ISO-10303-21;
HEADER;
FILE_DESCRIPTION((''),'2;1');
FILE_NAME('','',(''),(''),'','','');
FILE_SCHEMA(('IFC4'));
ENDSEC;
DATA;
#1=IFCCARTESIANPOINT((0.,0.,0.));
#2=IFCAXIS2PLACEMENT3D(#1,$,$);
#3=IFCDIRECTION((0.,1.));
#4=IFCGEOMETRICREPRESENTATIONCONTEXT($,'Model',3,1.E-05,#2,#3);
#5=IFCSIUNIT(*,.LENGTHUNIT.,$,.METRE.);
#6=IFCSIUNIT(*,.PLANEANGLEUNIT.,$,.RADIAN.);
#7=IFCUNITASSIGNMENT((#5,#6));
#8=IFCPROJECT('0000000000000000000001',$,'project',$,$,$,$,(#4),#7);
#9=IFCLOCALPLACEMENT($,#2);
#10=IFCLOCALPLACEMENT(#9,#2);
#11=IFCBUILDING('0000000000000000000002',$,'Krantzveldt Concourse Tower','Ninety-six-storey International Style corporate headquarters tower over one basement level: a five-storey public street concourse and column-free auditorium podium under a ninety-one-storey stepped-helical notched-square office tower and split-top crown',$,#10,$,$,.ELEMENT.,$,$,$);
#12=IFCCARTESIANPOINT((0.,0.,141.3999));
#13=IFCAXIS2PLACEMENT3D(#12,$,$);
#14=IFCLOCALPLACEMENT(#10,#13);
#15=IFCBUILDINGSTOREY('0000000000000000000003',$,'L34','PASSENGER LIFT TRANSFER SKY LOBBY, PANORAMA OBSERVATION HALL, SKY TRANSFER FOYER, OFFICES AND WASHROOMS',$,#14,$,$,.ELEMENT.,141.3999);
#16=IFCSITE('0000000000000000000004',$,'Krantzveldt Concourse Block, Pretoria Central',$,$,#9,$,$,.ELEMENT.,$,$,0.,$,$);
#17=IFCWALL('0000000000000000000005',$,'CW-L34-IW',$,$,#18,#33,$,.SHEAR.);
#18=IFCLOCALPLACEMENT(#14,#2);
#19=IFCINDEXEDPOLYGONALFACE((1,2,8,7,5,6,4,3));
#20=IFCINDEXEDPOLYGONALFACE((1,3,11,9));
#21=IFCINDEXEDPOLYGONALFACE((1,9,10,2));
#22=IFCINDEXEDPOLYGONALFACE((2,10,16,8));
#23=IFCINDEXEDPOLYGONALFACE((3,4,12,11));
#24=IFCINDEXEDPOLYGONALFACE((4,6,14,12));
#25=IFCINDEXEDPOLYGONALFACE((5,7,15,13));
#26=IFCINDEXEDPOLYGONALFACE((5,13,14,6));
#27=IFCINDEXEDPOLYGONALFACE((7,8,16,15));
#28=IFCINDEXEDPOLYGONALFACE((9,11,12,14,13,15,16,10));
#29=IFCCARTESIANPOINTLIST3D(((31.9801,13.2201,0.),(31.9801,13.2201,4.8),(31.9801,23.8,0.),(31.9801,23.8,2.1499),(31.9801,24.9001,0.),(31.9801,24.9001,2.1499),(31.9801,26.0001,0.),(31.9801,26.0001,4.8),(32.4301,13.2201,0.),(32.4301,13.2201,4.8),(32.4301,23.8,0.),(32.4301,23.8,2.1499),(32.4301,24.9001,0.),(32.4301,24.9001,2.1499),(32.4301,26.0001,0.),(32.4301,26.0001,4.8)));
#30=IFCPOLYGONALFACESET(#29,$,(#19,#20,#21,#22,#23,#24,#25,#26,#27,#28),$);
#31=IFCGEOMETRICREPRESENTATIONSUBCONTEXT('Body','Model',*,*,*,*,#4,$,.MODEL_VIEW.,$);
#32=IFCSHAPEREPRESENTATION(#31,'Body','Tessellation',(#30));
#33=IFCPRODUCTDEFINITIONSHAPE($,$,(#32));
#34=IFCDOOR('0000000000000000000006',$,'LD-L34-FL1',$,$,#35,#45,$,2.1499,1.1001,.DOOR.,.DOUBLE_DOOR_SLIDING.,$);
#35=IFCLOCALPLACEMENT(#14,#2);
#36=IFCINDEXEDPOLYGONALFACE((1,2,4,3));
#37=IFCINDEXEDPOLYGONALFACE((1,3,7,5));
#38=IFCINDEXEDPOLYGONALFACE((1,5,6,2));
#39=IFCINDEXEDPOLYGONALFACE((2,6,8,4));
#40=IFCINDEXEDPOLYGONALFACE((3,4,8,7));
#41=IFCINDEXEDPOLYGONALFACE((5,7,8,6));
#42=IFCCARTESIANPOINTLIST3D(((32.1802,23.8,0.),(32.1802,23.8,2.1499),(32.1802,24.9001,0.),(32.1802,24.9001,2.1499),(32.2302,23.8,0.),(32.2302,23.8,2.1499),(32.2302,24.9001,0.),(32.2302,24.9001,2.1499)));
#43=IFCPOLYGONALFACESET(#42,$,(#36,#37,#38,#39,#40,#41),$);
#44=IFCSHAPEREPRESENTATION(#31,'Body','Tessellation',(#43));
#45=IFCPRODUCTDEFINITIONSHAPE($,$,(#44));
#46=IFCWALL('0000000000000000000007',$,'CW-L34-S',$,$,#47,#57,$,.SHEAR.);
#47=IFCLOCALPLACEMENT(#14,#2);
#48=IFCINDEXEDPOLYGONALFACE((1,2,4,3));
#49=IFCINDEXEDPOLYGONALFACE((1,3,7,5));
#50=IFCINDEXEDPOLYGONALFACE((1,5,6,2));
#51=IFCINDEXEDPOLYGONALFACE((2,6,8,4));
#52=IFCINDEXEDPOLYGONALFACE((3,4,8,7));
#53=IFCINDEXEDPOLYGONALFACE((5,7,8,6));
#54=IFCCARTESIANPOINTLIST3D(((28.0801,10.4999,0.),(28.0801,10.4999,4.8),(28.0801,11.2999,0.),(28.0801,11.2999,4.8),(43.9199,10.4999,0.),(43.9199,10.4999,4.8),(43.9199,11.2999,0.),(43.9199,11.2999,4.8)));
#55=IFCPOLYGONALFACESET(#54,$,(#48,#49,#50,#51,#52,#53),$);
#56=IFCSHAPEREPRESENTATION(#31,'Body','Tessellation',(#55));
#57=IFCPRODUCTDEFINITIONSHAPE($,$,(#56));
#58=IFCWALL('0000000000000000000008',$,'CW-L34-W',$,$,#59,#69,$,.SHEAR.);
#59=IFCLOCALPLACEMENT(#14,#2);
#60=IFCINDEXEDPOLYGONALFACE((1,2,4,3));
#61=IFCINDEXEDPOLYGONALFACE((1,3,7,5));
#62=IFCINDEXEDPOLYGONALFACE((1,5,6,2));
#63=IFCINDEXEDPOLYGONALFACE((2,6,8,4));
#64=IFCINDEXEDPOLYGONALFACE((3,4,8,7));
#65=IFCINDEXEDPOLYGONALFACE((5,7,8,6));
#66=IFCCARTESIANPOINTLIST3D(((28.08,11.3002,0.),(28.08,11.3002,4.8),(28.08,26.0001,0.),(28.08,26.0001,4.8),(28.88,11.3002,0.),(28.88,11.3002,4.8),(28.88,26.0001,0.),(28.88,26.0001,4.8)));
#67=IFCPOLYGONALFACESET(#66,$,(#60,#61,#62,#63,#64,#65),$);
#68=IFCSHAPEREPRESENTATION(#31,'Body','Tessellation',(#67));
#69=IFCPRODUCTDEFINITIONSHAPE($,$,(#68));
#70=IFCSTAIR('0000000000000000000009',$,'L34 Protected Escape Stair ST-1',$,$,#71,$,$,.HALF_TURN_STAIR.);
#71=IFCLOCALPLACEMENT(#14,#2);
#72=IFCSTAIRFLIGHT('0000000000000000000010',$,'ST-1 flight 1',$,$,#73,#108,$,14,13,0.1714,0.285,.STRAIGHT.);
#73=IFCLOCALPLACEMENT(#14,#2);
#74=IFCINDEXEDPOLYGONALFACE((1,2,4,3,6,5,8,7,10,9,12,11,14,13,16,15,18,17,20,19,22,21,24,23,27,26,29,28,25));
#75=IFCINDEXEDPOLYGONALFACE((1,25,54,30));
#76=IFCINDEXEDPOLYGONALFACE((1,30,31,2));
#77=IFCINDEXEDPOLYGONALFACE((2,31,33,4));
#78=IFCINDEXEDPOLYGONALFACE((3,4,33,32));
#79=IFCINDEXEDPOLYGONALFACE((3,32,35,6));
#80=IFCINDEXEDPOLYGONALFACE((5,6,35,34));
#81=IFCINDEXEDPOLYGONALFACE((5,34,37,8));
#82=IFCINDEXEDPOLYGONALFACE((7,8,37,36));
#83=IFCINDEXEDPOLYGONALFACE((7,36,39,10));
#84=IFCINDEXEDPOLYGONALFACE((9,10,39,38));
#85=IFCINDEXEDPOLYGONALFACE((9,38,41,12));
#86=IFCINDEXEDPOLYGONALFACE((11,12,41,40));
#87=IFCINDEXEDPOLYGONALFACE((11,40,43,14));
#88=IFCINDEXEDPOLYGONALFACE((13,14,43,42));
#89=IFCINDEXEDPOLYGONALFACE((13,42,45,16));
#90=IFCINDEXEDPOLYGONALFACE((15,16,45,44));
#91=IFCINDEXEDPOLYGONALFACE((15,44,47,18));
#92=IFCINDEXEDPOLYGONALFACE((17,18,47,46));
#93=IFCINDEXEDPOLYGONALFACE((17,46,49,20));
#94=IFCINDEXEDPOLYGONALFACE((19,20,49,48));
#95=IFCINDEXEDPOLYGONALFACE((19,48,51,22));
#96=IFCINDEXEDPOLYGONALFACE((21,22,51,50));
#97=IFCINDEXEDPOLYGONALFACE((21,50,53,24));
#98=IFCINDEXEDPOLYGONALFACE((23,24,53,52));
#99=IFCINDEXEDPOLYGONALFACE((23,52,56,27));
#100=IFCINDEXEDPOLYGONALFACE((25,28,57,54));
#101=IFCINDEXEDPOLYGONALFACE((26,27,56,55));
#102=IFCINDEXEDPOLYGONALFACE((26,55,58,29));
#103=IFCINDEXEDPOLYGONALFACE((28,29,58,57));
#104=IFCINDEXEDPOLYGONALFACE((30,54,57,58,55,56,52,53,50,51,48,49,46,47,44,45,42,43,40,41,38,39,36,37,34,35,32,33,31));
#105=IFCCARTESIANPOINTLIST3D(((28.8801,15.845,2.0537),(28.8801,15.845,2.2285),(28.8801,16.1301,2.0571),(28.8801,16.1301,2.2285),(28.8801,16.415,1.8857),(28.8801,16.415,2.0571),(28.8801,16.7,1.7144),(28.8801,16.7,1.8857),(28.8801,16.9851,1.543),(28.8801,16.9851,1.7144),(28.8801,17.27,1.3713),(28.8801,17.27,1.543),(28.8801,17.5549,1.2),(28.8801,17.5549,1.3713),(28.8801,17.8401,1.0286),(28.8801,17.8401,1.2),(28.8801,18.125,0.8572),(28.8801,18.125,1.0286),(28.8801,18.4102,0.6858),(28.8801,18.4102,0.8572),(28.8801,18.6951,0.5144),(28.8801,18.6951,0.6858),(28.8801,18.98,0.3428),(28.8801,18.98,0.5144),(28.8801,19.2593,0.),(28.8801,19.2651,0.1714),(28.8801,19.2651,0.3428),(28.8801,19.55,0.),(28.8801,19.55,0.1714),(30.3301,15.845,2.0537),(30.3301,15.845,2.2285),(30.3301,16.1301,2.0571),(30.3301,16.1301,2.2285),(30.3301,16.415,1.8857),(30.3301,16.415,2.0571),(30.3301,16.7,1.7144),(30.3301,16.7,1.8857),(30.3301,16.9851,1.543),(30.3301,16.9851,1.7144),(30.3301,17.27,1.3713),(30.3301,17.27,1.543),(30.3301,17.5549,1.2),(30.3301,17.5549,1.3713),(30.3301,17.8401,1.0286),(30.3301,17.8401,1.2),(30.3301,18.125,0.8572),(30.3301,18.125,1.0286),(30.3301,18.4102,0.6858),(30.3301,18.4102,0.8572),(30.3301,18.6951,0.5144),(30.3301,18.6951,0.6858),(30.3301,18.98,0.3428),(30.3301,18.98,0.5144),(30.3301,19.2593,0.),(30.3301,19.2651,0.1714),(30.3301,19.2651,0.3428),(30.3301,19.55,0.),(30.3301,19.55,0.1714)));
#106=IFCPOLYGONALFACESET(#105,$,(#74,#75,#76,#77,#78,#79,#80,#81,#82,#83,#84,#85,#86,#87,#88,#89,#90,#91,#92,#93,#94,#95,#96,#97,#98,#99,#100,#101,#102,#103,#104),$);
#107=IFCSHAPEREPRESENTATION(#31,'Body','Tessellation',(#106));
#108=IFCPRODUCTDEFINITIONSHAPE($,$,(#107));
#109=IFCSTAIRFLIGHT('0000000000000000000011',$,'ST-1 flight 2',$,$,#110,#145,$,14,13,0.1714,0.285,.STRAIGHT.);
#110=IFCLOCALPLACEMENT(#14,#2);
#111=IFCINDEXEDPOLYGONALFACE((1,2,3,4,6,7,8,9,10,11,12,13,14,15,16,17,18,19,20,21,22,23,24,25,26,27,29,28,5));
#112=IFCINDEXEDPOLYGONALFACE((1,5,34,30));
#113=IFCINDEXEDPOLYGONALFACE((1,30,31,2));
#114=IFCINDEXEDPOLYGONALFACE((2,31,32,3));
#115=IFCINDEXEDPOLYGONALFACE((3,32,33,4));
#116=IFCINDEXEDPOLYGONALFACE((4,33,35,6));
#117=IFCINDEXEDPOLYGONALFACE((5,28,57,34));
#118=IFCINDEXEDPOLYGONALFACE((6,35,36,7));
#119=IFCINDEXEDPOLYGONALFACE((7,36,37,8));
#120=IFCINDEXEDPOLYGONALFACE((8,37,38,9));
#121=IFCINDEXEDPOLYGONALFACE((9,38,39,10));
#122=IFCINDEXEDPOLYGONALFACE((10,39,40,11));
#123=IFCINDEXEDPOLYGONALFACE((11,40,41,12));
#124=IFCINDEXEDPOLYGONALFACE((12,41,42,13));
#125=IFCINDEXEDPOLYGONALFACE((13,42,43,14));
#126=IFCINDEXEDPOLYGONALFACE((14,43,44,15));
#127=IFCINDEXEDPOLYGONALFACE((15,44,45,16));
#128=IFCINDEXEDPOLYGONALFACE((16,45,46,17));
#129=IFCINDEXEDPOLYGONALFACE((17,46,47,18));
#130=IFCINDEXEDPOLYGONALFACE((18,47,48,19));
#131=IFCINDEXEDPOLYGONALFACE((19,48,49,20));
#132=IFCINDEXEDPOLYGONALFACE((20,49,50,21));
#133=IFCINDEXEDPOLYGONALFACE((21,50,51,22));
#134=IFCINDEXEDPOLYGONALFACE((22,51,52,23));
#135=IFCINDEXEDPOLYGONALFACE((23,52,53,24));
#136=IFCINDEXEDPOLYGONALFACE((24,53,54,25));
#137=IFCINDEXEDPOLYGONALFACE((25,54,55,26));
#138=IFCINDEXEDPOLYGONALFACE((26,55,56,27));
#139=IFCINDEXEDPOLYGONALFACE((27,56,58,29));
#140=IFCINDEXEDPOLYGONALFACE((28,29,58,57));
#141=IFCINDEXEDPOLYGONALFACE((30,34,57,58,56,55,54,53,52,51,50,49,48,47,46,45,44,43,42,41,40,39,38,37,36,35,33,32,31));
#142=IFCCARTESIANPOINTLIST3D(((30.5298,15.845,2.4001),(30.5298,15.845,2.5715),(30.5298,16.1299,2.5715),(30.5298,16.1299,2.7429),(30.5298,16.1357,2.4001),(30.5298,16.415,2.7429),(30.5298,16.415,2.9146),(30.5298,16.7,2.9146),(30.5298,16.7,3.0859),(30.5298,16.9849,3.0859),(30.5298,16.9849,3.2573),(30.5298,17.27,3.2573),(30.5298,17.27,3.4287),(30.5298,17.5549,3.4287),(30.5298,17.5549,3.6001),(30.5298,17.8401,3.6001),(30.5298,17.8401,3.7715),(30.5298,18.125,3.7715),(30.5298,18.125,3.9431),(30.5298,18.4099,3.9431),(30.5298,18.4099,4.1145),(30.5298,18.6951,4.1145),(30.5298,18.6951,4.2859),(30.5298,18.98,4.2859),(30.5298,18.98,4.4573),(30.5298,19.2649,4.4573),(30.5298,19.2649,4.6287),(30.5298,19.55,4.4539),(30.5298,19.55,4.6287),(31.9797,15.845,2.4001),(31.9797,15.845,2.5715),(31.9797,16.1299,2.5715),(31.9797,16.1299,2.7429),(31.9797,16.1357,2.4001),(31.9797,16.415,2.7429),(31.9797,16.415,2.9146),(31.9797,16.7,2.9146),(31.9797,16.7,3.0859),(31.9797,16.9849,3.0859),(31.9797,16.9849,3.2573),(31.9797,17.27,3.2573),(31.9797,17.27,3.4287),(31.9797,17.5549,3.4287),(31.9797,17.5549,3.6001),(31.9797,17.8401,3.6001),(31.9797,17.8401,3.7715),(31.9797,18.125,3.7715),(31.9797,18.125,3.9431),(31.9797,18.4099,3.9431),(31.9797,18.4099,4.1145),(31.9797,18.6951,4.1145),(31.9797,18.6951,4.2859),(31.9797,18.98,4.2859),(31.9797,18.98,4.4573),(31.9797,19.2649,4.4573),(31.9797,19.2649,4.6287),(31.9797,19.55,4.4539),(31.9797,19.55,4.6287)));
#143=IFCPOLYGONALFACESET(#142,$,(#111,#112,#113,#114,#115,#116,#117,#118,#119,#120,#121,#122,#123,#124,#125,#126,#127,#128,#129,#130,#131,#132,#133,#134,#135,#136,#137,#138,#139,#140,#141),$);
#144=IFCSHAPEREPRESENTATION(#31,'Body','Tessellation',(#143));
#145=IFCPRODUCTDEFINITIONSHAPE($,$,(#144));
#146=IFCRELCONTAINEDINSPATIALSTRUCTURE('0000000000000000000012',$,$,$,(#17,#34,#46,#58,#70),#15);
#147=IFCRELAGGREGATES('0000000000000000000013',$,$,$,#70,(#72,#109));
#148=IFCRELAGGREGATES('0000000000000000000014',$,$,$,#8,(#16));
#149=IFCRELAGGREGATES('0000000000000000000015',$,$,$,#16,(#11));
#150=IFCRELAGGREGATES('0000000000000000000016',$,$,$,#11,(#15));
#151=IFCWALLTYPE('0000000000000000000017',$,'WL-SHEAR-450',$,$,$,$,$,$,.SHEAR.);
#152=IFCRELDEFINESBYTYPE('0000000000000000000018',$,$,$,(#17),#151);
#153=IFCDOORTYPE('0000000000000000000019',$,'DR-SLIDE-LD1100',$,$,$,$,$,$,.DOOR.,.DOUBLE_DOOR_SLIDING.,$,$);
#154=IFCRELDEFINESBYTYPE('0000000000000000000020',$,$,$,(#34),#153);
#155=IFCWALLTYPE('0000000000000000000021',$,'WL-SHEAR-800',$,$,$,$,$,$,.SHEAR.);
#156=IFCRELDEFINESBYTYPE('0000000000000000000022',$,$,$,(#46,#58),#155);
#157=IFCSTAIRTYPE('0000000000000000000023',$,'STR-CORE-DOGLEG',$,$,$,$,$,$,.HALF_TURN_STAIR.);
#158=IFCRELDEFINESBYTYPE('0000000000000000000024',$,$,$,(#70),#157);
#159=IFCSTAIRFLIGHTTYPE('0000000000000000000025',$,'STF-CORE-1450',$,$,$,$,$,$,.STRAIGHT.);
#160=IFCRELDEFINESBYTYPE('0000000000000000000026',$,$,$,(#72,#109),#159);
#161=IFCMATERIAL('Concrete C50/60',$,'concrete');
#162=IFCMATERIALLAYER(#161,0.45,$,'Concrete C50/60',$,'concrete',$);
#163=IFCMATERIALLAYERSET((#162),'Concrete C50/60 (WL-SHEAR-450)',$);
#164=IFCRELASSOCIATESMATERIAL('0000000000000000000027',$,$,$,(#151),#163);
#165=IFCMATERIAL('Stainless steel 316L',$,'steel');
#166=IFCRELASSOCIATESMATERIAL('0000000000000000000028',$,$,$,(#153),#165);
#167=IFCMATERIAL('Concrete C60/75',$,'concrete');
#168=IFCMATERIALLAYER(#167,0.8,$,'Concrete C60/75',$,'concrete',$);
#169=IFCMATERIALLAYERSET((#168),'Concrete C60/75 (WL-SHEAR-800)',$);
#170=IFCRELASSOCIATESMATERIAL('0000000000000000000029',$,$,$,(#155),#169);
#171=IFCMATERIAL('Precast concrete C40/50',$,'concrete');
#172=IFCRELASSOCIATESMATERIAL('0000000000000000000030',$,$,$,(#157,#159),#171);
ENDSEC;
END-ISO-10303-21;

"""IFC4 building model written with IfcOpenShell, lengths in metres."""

from ifc_helpers import new_model, si_unit, direction, frame, frame_2d, origin, place, context, subcontext, project, spatial, polyline, rectangle, outline, extrude, material, layer, layer_set, type_object, element, fill, aggregate, save


model = new_model("IFC4")

# Units and contexts
model_context = context("Model", 3, precision=1e-05, world=origin(), true_north=direction((0.0, 1.0)))
body_context = subcontext(model_context, "Body", "Model", "MODEL_VIEW")
ifc_project = project(units=[si_unit("LENGTHUNIT", "METRE"), si_unit("PLANEANGLEUNIT", "RADIAN")], contexts=[model_context])

# Site, building, storey
site_placement = place(None, origin())
site = spatial("IfcSite", under=ifc_project, at=site_placement, Name="Krantzveldt Concourse Block, Pretoria Central", CompositionType="ELEMENT", RefElevation=0.0)
building_placement = place(site_placement, origin())
building = spatial("IfcBuilding", under=site, at=building_placement, Name="Krantzveldt Concourse Tower", Description="Ninety-six-storey International Style corporate headquarters tower over one basement level: a five-storey public street concourse and column-free auditorium podium under a ninety-one-storey stepped-helical notched-square office tower and split-top crown", CompositionType="ELEMENT")
storey_placement = place(building_placement, frame((0.0, 0.0, 141.3999)))
storey = spatial("IfcBuildingStorey", under=building, at=storey_placement, Name="L34", Description="PASSENGER LIFT TRANSFER SKY LOBBY, PANORAMA OBSERVATION HALL, SKY TRANSFER FOYER, OFFICES AND WASHROOMS", CompositionType="ELEMENT", Elevation=141.3999)

# Shared definitions
ifc_material_1 = material(Name="Concrete C50/60", Category="concrete")

# Wall, opening, door
ifc_layer_1 = layer(ifc_material_1, 0.45, Name="Concrete C50/60", Category="concrete")
ifc_layer_set_1 = layer_set([ifc_layer_1], Name="Concrete C50/60 (WL-SHEAR-450)")
wall_type_1 = type_object("IfcWallType", Name="WL-SHEAR-450", PredefinedType="SHEAR", material=ifc_layer_set_1)
wall_1_placement = place(storey_placement, frame((32.2051, 13.22, 0.0), z_axis=(0.0, 0.0, 1.0), x_axis=(0.0, 1.0, 0.0)))
wall_1 = element("IfcWall", 1, at=wall_1_placement, inside=storey, type_object=wall_type_1, Name="CW-L34-IW", PredefinedType="SHEAR", context=body_context, shape_type="SweptSolid", body=[
    extrude(rectangle(XDim=12.78, YDim=0.45, at=frame_2d((6.3901, 0.0))), origin(), (0.0, 0.0, 1.0), 4.8),
])
opening_1_placement = place(wall_1_placement, frame((10.5801, 0.0, 0.0)))
opening_1 = element("IfcOpeningElement", 2, at=opening_1_placement, cuts=wall_1, PredefinedType="OPENING", context=body_context, shape_type="SweptSolid", body=[
    extrude(rectangle(XDim=1.1001, YDim=2.1499, at=frame_2d((0.55, 1.075))), frame((0.0, 0.2349, 0.0), z_axis=(0.0, -1.0, 0.0), x_axis=(1.0, 0.0, 0.0)), (0.0, 0.0, 1.0), 0.47),
])
ifc_material_2 = material(Name="Stainless steel 316L", Category="steel")
door_type_1 = type_object("IfcDoorType", Name="DR-SLIDE-LD1100", OperationType="DOUBLE_DOOR_SLIDING", PredefinedType="DOOR", material=ifc_material_2)
door_1_placement = place(opening_1_placement, origin())
door_1 = element("IfcDoor", 3, at=door_1_placement, inside=storey, type_object=door_type_1, Name="LD-L34-FL1", OperationType="DOUBLE_DOOR_SLIDING", OverallHeight=2.1499, OverallWidth=1.1001, PredefinedType="DOOR", context=body_context, shape_type="SweptSolid", body=[
    extrude(rectangle(XDim=1.1001, YDim=2.1499, at=frame_2d((0.55, 1.075))), frame((0.0, 0.0249, 0.0), z_axis=(0.0, -1.0, 0.0), x_axis=(1.0, 0.0, 0.0)), (0.0, 0.0, 1.0), 0.05),
])
fill(opening_1, door_1)

# Walls
ifc_material_3 = material(Name="Concrete C60/75", Category="concrete")
ifc_layer_2 = layer(ifc_material_3, 0.8, Name="Concrete C60/75", Category="concrete")
ifc_layer_set_2 = layer_set([ifc_layer_2], Name="Concrete C60/75 (WL-SHEAR-800)")
wall_type_2 = type_object("IfcWallType", Name="WL-SHEAR-800", PredefinedType="SHEAR", material=ifc_layer_set_2)
wall_2_placement = place(storey_placement, frame((28.0801, 10.8999, 0.0), z_axis=(0.0, 0.0, 1.0), x_axis=(1.0, 0.0, 0.0)))
element("IfcWall", 4, at=wall_2_placement, inside=storey, type_object=wall_type_2, Name="CW-L34-S", PredefinedType="SHEAR", context=body_context, shape_type="SweptSolid", body=[
    extrude(rectangle(XDim=15.8398, YDim=0.8, at=frame_2d((7.9199, 0.0))), origin(), (0.0, 0.0, 1.0), 4.8),
])
wall_3_placement = place(storey_placement, frame((28.48, 11.3, 0.0), z_axis=(0.0, 0.0, 1.0), x_axis=(0.0, 1.0, 0.0)))
element("IfcWall", 5, at=wall_3_placement, inside=storey, type_object=wall_type_2, Name="CW-L34-W", PredefinedType="SHEAR", context=body_context, shape_type="SweptSolid", body=[
    extrude(rectangle(XDim=14.7, YDim=0.8, at=frame_2d((7.3501, 0.0))), origin(), (0.0, 0.0, 1.0), 4.8),
])

# Stair, stair flights
ifc_material_4 = material(Name="Precast concrete C40/50", Category="concrete")
stair_type = type_object("IfcStairType", Name="STR-CORE-DOGLEG", PredefinedType="HALF_TURN_STAIR", material=ifc_material_4)
stair_placement = place(storey_placement, origin())
stair = element("IfcStair", 6, at=stair_placement, inside=storey, type_object=stair_type, Name="L34 Protected Escape Stair ST-1", PredefinedType="HALF_TURN_STAIR")
stair_flight_type = type_object("IfcStairFlightType", Name="STF-CORE-1450", PredefinedType="STRAIGHT", material=ifc_material_4)
stair_flight_1_placement = place(storey_placement, frame((29.605, 19.55, 0.0), z_axis=(0.0, 0.0, 1.0), x_axis=(0.0, -1.0, 0.0)))
stair_flight_1 = element("IfcStairFlight", 7, at=stair_flight_1_placement, type_object=stair_flight_type, Name="ST-1 flight 1", NumberOfRisers=14, NumberOfTreads=13, PredefinedType="STRAIGHT", RiserHeight=0.1714, TreadLength=0.285, context=body_context, shape_type="SweptSolid", body=[
    extrude(outline(polyline([(0.0, 0.0), (0.0, 0.1714), (0.2849, 0.1714), (0.2849, 0.3428), (0.5701, 0.3428), (0.5701, 0.5144), (0.855, 0.5144), (0.855, 0.6858), (1.1399, 0.6858), (1.1399, 0.8572), (1.425, 0.8572), (1.425, 1.0286), (1.71, 1.0286), (1.71, 1.2), (1.9951, 1.2), (1.9951, 1.3713), (2.28, 1.3713), (2.28, 1.543), (2.5649, 1.543), (2.5649, 1.7144), (2.8501, 1.7144), (2.8501, 1.8857), (3.135, 1.8857), (3.135, 2.0571), (3.4199, 2.0571), (3.4199, 2.2285), (3.7051, 2.2285), (3.7051, 2.3999), (3.7051, 2.0537), (0.2908, 0.0), (0.0, 0.0)])), frame((0.0, 0.7251, 0.0), z_axis=(0.0, -1.0, 0.0), x_axis=(1.0, 0.0, 0.0)), (0.0, 0.0, 1.0), 1.45),
])
stair_flight_2_placement = place(storey_placement, frame((31.2549, 15.845, 2.4001), z_axis=(0.0, 0.0, 1.0), x_axis=(0.0, 1.0, 0.0)))
stair_flight_2 = element("IfcStairFlight", 8, at=stair_flight_2_placement, type_object=stair_flight_type, Name="ST-1 flight 2", NumberOfRisers=14, NumberOfTreads=13, PredefinedType="STRAIGHT", RiserHeight=0.1714, TreadLength=0.285, context=body_context, shape_type="SweptSolid", body=[
    extrude(outline(polyline([(0.0, 0.0), (0.0, 0.1714), (0.2849, 0.1714), (0.2849, 0.3428), (0.5701, 0.3428), (0.5701, 0.5144), (0.855, 0.5144), (0.855, 0.6858), (1.1399, 0.6858), (1.1399, 0.8572), (1.425, 0.8572), (1.425, 1.0286), (1.71, 1.0286), (1.71, 1.2), (1.9951, 1.2), (1.9951, 1.3713), (2.28, 1.3713), (2.28, 1.543), (2.5649, 1.543), (2.5649, 1.7144), (2.8501, 1.7144), (2.8501, 1.8857), (3.135, 1.8857), (3.135, 2.0571), (3.4199, 2.0571), (3.4199, 2.2285), (3.7051, 2.2285), (3.7051, 2.3999), (3.7051, 2.0537), (0.2908, 0.0), (0.0, 0.0)])), frame((0.0, 0.7251, 0.0), z_axis=(0.0, -1.0, 0.0), x_axis=(1.0, 0.0, 0.0)), (0.0, 0.0, 1.0), 1.45),
])
aggregate(stair, [stair_flight_1, stair_flight_2])

save(model, "model.ifc")
